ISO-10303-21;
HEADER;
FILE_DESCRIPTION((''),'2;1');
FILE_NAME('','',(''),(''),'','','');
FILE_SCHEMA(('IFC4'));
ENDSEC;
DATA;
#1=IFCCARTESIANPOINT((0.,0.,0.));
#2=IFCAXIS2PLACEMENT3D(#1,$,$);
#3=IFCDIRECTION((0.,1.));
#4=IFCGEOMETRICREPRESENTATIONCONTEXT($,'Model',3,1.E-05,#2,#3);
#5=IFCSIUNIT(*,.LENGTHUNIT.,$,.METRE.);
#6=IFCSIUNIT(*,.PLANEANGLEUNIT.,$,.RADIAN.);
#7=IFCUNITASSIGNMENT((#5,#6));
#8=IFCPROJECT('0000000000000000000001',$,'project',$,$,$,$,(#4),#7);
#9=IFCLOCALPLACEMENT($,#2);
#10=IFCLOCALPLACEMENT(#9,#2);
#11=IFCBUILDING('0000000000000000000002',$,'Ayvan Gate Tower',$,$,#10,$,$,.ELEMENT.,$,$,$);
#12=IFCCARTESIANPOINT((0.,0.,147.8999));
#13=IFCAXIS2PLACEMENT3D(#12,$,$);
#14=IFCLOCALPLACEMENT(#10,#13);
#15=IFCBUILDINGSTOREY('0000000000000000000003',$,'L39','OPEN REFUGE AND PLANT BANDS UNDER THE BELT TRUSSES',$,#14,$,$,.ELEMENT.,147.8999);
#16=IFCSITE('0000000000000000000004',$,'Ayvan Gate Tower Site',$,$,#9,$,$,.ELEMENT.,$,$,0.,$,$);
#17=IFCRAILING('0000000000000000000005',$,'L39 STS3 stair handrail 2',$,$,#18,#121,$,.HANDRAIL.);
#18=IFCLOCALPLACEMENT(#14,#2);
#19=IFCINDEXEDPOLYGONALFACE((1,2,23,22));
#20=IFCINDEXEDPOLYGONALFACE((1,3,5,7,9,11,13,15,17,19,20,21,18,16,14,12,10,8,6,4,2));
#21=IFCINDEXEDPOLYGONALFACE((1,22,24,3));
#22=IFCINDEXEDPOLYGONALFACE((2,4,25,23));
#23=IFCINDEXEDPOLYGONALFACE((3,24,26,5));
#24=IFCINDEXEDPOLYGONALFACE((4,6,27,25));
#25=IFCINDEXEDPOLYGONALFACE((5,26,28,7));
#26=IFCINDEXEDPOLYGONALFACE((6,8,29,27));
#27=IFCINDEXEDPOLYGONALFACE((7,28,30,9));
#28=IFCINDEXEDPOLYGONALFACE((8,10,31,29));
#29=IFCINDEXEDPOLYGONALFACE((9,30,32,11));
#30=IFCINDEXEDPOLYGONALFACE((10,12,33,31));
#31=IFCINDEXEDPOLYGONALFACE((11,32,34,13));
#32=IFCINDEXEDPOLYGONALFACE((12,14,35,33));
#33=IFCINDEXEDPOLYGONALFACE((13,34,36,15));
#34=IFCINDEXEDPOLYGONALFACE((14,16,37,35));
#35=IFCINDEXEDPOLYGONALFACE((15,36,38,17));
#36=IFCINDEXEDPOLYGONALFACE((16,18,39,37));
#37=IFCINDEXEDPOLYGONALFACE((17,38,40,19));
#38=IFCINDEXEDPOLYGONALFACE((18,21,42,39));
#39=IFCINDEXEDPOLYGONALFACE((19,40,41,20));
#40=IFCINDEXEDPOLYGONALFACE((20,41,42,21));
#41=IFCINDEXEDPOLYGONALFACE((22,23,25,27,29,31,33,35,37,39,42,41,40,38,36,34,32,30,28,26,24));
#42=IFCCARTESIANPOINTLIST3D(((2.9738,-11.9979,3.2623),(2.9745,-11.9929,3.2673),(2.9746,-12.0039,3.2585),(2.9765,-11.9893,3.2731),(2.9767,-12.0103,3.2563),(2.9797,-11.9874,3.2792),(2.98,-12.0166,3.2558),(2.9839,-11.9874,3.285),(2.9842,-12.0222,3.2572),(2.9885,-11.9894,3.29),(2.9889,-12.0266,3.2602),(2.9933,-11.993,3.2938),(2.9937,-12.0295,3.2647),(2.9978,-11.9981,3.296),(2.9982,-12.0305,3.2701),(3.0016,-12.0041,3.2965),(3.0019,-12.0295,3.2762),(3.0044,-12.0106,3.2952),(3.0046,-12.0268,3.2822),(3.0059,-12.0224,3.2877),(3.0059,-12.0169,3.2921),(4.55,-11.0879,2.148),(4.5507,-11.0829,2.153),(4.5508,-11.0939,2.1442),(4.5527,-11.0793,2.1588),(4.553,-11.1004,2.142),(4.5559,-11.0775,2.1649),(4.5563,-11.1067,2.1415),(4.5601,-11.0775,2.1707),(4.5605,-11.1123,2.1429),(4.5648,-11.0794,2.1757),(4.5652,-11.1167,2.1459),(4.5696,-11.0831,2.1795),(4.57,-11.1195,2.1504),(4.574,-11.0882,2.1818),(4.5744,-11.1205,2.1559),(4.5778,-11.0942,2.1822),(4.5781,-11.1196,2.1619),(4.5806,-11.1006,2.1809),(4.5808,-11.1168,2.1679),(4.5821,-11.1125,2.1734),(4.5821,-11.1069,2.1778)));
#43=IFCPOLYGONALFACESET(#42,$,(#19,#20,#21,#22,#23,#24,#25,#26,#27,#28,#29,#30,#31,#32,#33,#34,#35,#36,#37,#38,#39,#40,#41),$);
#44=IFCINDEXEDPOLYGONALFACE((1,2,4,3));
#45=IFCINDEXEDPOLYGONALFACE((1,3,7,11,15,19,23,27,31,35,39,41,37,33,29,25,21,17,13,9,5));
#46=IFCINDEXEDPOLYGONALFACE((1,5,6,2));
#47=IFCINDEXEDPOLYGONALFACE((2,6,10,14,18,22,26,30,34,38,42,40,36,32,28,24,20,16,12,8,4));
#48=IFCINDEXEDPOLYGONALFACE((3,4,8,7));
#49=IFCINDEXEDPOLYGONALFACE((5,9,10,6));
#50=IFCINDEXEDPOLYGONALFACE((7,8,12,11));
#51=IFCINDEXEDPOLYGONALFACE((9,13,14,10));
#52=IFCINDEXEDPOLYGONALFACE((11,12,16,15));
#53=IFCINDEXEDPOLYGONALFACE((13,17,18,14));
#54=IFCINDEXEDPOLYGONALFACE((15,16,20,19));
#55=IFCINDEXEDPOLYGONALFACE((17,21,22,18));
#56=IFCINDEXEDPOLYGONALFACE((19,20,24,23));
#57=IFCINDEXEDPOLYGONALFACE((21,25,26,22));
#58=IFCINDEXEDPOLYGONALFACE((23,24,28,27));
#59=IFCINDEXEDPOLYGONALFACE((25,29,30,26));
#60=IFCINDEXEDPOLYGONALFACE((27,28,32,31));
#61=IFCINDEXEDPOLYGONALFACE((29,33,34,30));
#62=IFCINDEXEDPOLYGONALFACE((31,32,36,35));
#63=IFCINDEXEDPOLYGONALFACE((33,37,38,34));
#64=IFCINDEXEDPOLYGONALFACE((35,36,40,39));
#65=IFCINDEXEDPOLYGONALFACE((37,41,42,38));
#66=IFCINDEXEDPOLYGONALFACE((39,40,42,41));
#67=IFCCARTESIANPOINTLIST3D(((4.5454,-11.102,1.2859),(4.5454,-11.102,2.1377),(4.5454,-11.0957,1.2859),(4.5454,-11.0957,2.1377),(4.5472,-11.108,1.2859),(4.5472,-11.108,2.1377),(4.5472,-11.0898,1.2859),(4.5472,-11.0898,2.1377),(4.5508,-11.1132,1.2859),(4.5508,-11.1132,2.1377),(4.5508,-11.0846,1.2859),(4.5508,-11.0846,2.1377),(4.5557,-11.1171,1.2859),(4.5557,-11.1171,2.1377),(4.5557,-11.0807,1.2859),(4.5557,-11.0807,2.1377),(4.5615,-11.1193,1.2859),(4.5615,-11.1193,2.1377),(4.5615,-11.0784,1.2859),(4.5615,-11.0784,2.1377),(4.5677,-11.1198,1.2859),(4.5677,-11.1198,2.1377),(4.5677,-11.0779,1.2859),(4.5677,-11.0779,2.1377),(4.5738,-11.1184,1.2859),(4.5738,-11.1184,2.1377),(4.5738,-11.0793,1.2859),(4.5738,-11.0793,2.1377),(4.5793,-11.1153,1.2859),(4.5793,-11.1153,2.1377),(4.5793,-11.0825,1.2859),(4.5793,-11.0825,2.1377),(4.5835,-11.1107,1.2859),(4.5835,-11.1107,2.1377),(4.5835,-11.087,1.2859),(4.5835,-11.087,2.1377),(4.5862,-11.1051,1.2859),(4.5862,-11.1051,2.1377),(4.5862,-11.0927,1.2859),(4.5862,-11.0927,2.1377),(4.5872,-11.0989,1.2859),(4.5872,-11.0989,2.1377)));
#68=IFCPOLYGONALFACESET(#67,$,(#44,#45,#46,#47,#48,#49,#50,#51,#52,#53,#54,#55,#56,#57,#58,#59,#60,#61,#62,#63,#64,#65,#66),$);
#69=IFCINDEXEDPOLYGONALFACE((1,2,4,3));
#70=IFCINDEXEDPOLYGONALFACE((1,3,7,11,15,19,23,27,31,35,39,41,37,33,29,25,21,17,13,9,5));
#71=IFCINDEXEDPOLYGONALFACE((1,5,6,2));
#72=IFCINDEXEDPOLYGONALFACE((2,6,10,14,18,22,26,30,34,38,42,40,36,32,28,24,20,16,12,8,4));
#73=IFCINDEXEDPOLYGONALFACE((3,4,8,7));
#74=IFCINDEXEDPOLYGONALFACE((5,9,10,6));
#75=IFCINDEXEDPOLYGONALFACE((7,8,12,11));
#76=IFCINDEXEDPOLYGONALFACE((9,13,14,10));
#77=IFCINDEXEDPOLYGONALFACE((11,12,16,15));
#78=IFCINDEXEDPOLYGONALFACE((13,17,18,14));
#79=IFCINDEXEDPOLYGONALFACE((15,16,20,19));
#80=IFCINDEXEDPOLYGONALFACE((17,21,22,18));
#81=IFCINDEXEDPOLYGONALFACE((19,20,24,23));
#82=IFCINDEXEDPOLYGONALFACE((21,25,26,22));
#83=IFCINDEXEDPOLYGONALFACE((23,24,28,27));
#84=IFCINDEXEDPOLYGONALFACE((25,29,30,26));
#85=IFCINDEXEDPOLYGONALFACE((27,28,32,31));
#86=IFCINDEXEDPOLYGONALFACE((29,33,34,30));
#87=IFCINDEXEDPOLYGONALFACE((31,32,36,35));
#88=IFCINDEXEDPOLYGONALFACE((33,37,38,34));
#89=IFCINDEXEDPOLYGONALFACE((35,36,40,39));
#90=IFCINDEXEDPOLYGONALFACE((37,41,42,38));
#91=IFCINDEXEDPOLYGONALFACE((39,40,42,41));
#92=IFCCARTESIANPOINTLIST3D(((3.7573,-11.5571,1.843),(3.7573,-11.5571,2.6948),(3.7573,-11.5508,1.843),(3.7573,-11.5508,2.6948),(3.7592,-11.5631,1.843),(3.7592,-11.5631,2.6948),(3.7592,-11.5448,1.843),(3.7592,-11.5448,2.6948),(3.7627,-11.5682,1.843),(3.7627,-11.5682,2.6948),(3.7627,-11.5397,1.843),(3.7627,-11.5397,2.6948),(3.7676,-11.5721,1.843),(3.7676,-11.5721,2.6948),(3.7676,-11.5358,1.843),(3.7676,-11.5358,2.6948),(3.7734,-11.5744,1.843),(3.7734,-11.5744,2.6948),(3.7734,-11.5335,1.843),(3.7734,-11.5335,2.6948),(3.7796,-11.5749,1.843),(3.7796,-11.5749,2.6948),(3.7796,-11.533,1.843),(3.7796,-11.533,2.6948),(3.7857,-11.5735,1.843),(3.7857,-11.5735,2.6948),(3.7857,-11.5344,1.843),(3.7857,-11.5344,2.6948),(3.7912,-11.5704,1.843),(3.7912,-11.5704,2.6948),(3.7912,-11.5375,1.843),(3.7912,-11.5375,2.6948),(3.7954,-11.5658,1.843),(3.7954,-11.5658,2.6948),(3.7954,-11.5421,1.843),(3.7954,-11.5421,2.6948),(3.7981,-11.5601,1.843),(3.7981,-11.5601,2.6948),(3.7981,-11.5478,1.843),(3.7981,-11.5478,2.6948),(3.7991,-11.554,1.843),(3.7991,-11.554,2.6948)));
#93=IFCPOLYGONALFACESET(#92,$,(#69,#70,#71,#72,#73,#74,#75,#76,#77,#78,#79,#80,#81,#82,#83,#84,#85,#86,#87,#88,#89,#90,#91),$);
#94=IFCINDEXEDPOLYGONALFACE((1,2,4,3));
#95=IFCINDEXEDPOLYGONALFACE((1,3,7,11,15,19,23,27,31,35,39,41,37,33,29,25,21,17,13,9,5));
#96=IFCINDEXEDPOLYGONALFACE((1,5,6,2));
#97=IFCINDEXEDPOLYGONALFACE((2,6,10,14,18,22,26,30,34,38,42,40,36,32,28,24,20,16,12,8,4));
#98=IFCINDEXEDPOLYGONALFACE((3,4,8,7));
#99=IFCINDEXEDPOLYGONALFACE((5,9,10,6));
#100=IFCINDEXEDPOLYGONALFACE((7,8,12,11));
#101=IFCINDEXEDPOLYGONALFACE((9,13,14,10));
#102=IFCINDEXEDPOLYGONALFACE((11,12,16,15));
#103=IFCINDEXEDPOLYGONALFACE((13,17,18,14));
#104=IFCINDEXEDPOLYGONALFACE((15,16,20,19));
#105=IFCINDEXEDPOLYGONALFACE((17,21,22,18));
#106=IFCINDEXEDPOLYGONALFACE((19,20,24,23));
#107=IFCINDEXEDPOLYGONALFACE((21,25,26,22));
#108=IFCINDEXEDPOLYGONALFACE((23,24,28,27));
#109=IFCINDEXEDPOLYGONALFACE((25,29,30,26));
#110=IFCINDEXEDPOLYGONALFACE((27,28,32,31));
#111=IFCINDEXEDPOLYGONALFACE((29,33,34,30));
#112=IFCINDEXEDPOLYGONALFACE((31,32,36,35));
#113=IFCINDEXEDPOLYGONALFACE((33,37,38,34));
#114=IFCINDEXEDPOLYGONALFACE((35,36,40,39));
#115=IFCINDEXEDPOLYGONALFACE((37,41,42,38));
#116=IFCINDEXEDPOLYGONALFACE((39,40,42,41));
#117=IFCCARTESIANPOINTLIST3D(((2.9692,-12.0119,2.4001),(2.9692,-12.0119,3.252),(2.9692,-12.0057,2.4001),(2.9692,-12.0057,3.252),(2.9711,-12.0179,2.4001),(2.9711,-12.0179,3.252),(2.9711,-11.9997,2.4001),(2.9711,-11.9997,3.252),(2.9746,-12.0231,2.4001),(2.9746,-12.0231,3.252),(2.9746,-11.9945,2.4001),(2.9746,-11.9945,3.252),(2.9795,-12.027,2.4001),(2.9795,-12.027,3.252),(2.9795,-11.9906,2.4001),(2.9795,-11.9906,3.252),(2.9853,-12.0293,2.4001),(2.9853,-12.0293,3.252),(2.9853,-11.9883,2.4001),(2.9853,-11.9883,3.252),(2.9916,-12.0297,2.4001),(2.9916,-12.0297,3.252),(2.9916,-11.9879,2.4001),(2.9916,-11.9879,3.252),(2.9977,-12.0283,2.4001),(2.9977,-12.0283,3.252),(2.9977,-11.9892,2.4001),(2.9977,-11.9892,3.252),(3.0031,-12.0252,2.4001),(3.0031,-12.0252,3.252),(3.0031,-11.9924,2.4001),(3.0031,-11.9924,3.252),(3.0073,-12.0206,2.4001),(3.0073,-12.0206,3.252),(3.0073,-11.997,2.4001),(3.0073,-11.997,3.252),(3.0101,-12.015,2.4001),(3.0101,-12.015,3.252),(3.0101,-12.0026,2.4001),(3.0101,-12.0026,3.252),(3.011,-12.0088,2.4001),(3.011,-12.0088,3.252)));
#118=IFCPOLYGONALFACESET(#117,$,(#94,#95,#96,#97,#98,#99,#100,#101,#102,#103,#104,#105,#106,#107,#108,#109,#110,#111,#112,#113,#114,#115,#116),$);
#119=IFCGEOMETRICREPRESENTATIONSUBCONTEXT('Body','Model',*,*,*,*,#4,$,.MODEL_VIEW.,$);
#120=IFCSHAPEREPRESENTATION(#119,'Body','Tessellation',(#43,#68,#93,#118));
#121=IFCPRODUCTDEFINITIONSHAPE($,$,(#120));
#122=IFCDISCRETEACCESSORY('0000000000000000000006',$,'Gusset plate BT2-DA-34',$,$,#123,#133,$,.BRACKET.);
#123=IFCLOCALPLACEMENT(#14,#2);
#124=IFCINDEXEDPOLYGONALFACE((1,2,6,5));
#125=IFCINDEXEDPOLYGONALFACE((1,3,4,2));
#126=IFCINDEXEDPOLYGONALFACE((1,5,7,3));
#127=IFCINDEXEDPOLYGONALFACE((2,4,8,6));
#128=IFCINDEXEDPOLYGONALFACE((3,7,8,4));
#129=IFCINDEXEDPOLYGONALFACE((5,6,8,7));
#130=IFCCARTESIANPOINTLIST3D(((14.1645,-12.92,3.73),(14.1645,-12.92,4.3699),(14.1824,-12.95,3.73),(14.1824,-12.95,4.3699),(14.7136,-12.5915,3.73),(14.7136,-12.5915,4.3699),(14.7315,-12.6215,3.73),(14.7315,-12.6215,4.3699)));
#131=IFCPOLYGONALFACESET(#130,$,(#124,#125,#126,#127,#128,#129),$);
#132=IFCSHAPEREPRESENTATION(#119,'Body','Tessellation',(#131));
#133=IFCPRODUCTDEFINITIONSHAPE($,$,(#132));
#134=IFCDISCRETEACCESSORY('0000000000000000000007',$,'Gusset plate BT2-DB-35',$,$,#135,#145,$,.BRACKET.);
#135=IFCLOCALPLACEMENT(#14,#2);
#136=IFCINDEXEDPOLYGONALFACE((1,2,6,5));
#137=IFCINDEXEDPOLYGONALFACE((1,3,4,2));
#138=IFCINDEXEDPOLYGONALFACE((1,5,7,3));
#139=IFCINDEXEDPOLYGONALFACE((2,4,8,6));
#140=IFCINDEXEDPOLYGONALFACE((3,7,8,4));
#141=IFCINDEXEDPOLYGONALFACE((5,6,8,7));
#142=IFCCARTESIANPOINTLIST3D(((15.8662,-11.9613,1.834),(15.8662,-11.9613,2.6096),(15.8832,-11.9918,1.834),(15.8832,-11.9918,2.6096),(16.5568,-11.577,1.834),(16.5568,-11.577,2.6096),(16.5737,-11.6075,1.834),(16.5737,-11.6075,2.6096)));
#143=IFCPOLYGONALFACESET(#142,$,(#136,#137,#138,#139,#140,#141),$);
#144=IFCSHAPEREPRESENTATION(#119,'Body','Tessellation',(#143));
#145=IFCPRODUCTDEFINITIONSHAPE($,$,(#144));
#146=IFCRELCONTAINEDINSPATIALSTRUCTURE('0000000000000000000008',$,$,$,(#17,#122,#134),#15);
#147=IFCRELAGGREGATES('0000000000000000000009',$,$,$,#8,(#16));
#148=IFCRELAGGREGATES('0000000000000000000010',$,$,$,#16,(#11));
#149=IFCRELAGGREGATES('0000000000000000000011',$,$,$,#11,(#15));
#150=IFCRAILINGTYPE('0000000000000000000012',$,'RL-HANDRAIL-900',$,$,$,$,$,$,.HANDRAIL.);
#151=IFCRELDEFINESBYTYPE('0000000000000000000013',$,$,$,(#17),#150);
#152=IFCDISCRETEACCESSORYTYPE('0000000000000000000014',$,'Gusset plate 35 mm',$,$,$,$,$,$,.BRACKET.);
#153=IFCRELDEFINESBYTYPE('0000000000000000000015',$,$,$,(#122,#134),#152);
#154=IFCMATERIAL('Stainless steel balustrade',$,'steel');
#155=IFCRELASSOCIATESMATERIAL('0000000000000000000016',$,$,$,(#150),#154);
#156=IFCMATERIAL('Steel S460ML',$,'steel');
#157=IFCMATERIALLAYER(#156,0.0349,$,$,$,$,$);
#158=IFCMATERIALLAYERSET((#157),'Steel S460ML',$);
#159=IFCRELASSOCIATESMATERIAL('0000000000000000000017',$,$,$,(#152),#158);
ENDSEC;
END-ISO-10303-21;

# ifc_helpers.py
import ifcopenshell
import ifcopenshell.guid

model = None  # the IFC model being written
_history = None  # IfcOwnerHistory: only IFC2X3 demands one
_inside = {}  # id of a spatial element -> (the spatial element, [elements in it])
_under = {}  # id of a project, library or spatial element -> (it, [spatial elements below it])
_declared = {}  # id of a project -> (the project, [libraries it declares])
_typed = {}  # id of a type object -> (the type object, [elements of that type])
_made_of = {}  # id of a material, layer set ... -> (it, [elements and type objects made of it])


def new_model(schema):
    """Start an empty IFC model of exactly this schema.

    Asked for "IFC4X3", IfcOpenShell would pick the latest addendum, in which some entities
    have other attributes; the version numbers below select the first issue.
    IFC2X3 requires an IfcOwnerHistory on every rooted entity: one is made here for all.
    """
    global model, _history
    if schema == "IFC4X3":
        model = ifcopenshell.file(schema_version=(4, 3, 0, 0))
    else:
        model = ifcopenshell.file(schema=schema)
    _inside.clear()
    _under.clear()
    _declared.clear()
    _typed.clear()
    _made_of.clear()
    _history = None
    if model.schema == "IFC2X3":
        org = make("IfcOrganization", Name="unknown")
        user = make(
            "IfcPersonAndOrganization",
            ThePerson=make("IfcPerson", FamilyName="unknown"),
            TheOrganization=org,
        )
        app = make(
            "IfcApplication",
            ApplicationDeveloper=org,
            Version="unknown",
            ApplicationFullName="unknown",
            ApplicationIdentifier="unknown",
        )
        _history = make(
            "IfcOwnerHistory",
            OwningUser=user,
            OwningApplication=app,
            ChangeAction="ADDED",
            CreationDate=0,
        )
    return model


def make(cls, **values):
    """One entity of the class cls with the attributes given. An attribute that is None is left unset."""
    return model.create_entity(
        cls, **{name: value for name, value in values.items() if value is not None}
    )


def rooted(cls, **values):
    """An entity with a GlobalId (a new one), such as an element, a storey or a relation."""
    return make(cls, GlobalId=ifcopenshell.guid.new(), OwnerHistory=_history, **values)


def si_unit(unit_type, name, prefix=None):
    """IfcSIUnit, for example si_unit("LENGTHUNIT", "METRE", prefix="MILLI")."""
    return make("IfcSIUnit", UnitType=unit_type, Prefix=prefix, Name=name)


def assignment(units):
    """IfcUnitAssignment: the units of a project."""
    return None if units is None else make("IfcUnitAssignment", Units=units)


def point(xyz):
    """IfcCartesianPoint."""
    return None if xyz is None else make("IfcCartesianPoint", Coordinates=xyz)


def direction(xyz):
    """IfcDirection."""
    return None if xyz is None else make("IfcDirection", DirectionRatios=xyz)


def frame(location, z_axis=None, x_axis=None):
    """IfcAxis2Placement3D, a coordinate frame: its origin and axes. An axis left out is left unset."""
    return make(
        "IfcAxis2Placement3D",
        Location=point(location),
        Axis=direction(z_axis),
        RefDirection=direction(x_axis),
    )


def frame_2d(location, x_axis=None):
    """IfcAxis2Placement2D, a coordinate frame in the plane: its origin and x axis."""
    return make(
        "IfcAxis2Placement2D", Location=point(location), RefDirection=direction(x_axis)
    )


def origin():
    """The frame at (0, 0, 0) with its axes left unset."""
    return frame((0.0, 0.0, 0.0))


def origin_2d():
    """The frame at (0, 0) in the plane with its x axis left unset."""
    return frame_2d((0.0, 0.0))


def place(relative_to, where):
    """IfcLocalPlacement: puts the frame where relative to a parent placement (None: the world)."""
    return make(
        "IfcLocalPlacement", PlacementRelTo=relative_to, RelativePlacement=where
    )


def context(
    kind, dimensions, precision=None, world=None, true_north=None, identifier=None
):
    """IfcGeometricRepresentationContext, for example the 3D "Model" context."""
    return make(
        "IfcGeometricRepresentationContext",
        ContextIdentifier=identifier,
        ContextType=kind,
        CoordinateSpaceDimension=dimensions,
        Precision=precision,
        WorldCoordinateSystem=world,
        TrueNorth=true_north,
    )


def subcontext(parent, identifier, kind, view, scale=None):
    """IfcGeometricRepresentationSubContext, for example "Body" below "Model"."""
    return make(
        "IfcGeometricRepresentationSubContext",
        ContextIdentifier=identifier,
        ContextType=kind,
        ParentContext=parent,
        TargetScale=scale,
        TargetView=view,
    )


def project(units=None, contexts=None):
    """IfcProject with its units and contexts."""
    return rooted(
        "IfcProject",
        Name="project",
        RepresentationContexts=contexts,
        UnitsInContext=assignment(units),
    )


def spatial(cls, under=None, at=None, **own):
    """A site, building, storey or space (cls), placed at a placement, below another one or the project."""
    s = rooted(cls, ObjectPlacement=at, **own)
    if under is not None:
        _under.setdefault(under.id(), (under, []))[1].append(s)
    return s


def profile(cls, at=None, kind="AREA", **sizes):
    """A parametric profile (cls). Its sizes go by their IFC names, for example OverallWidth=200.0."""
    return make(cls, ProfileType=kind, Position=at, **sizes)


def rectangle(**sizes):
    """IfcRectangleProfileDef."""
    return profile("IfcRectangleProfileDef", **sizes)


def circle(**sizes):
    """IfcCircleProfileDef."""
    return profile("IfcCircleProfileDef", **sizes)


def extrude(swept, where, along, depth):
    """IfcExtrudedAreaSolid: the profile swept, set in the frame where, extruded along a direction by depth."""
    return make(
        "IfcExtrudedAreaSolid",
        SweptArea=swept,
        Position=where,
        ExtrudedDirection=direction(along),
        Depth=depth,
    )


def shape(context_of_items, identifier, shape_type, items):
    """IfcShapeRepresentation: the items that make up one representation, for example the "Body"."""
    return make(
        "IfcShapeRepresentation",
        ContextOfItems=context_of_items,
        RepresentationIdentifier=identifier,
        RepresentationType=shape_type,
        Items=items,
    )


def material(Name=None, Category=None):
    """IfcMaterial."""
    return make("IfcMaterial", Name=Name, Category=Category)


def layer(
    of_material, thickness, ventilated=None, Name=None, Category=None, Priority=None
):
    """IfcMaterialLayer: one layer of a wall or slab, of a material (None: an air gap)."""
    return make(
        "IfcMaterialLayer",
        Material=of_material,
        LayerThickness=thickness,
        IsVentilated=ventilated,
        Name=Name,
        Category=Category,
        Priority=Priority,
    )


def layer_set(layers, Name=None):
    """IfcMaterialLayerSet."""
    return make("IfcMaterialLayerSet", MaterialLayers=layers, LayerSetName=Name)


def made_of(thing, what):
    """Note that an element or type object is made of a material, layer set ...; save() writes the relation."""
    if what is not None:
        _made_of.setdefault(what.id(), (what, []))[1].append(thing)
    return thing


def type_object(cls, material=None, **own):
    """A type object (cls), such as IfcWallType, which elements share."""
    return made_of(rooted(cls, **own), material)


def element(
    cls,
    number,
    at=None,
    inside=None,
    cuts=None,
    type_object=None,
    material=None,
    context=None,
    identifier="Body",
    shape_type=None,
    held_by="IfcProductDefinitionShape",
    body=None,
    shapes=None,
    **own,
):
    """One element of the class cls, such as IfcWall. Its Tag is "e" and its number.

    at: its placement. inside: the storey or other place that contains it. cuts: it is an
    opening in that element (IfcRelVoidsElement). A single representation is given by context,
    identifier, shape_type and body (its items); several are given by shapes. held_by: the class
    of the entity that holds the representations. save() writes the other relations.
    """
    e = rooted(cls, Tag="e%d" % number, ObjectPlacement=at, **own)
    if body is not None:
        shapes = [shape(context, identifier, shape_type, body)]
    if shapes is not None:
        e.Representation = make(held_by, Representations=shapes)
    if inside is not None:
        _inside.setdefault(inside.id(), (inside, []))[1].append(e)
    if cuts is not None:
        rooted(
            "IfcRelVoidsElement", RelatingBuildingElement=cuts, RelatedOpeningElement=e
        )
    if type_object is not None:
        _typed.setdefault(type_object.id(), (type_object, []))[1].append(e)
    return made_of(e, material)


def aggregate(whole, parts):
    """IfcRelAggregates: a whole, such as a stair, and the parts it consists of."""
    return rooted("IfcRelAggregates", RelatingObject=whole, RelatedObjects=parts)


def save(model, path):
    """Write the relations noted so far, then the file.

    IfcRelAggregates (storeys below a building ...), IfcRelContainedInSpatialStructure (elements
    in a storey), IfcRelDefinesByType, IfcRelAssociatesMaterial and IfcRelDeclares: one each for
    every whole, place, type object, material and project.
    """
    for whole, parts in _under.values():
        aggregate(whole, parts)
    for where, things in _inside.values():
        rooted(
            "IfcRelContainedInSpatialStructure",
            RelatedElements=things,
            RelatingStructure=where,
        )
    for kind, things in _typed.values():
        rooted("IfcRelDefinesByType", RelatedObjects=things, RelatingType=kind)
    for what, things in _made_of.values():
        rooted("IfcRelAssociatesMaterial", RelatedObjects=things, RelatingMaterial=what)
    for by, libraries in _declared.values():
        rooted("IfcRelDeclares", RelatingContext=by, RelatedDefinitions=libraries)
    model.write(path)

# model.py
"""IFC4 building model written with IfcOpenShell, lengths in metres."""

from ifc_helpers import new_model, si_unit, direction, frame, origin, origin_2d, place, context, subcontext, project, spatial, rectangle, circle, extrude, material, layer, layer_set, type_object, element, save


model = new_model("IFC4")

# Units and contexts
model_context = context("Model", 3, precision=1e-05, world=origin(), true_north=direction((0.0, 1.0)))
body_context = subcontext(model_context, "Body", "Model", "MODEL_VIEW")
ifc_project = project(units=[si_unit("LENGTHUNIT", "METRE"), si_unit("PLANEANGLEUNIT", "RADIAN")], contexts=[model_context])

# Site, building, storey
site_placement = place(None, origin())
site = spatial("IfcSite", under=ifc_project, at=site_placement, Name="Ayvan Gate Tower Site", CompositionType="ELEMENT", RefElevation=0.0)
building_placement = place(site_placement, origin())
building = spatial("IfcBuilding", under=site, at=building_placement, Name="Ayvan Gate Tower", CompositionType="ELEMENT")
storey_placement = place(building_placement, frame((0.0, 0.0, 147.8999)))
storey = spatial("IfcBuildingStorey", under=building, at=storey_placement, Name="L39", Description="OPEN REFUGE AND PLANT BANDS UNDER THE BELT TRUSSES", CompositionType="ELEMENT", Elevation=147.8999)

# Shared definitions
ifc_material_1 = material(Name="Steel S460ML", Category="steel")

# Railing
ifc_material_2 = material(Name="Stainless steel balustrade", Category="steel")
railing_type_1 = type_object("IfcRailingType", Name="RL-HANDRAIL-900", PredefinedType="HANDRAIL", material=ifc_material_2)
for number, where, name in (
    (1, (4.5662, -11.0989, 1.2859), "L39 STS3 stair handrail 2"),
):
    element("IfcRailing", number, at=place(storey_placement, frame(where)), inside=storey, type_object=railing_type_1, Name=name, PredefinedType="HANDRAIL", context=body_context, shape_type="SweptSolid", body=[
        extrude(circle(Radius=0.0239, at=origin_2d()), frame((0.0, 0.0, 0.876), z_axis=(-0.73861, -0.426394, 0.522153), x_axis=(0.499962, -0.866047, 0.0)), (0.0, 0.0, 1.0), 2.134),
        extrude(circle(Radius=0.021, at=origin_2d()), origin(), (0.0, 0.0, 1.0), 0.8518),
        extrude(circle(Radius=0.021, at=origin_2d()), frame((-0.7881, -0.4551, 0.5571)), (0.0, 0.0, 1.0), 0.8518),
        extrude(circle(Radius=0.021, at=origin_2d()), frame((-1.5762, -0.9099, 1.1143)), (0.0, 0.0, 1.0), 0.8518),
    ])

# Discrete accessories
ifc_layer_1 = layer(ifc_material_1, 0.0349)
ifc_layer_set_1 = layer_set([ifc_layer_1], Name="Steel S460ML")
discrete_accessory_type = type_object("IfcDiscreteAccessoryType", Name="Gusset plate 35 mm", PredefinedType="BRACKET", material=ifc_layer_set_1)
discrete_accessory_1_placement = place(storey_placement, frame((14.448, -12.7708, 3.73), z_axis=(0.0, 0.0, 1.0), x_axis=(0.858137, 0.513421, 0.0)))
element("IfcDiscreteAccessory", 2, at=discrete_accessory_1_placement, inside=storey, type_object=discrete_accessory_type, Name="Gusset plate BT2-DA-34", PredefinedType="BRACKET", context=body_context, shape_type="SweptSolid", body=[
    extrude(rectangle(XDim=0.6399, YDim=0.0349, at=origin_2d()), origin(), (0.0, 0.0, 1.0), 0.6399),
])
discrete_accessory_2_placement = place(storey_placement, frame((16.22, -11.7844, 1.834), z_axis=(0.0, 0.0, 1.0), x_axis=(0.873787, 0.486309, 0.0)))
element("IfcDiscreteAccessory", 3, at=discrete_accessory_2_placement, inside=storey, type_object=discrete_accessory_type, Name="Gusset plate BT2-DB-35", PredefinedType="BRACKET", context=body_context, shape_type="SweptSolid", body=[
    extrude(rectangle(XDim=0.7903, YDim=0.0349, at=origin_2d()), origin(), (0.0, 0.0, 1.0), 0.7756),
])

save(model, "model.ifc")
